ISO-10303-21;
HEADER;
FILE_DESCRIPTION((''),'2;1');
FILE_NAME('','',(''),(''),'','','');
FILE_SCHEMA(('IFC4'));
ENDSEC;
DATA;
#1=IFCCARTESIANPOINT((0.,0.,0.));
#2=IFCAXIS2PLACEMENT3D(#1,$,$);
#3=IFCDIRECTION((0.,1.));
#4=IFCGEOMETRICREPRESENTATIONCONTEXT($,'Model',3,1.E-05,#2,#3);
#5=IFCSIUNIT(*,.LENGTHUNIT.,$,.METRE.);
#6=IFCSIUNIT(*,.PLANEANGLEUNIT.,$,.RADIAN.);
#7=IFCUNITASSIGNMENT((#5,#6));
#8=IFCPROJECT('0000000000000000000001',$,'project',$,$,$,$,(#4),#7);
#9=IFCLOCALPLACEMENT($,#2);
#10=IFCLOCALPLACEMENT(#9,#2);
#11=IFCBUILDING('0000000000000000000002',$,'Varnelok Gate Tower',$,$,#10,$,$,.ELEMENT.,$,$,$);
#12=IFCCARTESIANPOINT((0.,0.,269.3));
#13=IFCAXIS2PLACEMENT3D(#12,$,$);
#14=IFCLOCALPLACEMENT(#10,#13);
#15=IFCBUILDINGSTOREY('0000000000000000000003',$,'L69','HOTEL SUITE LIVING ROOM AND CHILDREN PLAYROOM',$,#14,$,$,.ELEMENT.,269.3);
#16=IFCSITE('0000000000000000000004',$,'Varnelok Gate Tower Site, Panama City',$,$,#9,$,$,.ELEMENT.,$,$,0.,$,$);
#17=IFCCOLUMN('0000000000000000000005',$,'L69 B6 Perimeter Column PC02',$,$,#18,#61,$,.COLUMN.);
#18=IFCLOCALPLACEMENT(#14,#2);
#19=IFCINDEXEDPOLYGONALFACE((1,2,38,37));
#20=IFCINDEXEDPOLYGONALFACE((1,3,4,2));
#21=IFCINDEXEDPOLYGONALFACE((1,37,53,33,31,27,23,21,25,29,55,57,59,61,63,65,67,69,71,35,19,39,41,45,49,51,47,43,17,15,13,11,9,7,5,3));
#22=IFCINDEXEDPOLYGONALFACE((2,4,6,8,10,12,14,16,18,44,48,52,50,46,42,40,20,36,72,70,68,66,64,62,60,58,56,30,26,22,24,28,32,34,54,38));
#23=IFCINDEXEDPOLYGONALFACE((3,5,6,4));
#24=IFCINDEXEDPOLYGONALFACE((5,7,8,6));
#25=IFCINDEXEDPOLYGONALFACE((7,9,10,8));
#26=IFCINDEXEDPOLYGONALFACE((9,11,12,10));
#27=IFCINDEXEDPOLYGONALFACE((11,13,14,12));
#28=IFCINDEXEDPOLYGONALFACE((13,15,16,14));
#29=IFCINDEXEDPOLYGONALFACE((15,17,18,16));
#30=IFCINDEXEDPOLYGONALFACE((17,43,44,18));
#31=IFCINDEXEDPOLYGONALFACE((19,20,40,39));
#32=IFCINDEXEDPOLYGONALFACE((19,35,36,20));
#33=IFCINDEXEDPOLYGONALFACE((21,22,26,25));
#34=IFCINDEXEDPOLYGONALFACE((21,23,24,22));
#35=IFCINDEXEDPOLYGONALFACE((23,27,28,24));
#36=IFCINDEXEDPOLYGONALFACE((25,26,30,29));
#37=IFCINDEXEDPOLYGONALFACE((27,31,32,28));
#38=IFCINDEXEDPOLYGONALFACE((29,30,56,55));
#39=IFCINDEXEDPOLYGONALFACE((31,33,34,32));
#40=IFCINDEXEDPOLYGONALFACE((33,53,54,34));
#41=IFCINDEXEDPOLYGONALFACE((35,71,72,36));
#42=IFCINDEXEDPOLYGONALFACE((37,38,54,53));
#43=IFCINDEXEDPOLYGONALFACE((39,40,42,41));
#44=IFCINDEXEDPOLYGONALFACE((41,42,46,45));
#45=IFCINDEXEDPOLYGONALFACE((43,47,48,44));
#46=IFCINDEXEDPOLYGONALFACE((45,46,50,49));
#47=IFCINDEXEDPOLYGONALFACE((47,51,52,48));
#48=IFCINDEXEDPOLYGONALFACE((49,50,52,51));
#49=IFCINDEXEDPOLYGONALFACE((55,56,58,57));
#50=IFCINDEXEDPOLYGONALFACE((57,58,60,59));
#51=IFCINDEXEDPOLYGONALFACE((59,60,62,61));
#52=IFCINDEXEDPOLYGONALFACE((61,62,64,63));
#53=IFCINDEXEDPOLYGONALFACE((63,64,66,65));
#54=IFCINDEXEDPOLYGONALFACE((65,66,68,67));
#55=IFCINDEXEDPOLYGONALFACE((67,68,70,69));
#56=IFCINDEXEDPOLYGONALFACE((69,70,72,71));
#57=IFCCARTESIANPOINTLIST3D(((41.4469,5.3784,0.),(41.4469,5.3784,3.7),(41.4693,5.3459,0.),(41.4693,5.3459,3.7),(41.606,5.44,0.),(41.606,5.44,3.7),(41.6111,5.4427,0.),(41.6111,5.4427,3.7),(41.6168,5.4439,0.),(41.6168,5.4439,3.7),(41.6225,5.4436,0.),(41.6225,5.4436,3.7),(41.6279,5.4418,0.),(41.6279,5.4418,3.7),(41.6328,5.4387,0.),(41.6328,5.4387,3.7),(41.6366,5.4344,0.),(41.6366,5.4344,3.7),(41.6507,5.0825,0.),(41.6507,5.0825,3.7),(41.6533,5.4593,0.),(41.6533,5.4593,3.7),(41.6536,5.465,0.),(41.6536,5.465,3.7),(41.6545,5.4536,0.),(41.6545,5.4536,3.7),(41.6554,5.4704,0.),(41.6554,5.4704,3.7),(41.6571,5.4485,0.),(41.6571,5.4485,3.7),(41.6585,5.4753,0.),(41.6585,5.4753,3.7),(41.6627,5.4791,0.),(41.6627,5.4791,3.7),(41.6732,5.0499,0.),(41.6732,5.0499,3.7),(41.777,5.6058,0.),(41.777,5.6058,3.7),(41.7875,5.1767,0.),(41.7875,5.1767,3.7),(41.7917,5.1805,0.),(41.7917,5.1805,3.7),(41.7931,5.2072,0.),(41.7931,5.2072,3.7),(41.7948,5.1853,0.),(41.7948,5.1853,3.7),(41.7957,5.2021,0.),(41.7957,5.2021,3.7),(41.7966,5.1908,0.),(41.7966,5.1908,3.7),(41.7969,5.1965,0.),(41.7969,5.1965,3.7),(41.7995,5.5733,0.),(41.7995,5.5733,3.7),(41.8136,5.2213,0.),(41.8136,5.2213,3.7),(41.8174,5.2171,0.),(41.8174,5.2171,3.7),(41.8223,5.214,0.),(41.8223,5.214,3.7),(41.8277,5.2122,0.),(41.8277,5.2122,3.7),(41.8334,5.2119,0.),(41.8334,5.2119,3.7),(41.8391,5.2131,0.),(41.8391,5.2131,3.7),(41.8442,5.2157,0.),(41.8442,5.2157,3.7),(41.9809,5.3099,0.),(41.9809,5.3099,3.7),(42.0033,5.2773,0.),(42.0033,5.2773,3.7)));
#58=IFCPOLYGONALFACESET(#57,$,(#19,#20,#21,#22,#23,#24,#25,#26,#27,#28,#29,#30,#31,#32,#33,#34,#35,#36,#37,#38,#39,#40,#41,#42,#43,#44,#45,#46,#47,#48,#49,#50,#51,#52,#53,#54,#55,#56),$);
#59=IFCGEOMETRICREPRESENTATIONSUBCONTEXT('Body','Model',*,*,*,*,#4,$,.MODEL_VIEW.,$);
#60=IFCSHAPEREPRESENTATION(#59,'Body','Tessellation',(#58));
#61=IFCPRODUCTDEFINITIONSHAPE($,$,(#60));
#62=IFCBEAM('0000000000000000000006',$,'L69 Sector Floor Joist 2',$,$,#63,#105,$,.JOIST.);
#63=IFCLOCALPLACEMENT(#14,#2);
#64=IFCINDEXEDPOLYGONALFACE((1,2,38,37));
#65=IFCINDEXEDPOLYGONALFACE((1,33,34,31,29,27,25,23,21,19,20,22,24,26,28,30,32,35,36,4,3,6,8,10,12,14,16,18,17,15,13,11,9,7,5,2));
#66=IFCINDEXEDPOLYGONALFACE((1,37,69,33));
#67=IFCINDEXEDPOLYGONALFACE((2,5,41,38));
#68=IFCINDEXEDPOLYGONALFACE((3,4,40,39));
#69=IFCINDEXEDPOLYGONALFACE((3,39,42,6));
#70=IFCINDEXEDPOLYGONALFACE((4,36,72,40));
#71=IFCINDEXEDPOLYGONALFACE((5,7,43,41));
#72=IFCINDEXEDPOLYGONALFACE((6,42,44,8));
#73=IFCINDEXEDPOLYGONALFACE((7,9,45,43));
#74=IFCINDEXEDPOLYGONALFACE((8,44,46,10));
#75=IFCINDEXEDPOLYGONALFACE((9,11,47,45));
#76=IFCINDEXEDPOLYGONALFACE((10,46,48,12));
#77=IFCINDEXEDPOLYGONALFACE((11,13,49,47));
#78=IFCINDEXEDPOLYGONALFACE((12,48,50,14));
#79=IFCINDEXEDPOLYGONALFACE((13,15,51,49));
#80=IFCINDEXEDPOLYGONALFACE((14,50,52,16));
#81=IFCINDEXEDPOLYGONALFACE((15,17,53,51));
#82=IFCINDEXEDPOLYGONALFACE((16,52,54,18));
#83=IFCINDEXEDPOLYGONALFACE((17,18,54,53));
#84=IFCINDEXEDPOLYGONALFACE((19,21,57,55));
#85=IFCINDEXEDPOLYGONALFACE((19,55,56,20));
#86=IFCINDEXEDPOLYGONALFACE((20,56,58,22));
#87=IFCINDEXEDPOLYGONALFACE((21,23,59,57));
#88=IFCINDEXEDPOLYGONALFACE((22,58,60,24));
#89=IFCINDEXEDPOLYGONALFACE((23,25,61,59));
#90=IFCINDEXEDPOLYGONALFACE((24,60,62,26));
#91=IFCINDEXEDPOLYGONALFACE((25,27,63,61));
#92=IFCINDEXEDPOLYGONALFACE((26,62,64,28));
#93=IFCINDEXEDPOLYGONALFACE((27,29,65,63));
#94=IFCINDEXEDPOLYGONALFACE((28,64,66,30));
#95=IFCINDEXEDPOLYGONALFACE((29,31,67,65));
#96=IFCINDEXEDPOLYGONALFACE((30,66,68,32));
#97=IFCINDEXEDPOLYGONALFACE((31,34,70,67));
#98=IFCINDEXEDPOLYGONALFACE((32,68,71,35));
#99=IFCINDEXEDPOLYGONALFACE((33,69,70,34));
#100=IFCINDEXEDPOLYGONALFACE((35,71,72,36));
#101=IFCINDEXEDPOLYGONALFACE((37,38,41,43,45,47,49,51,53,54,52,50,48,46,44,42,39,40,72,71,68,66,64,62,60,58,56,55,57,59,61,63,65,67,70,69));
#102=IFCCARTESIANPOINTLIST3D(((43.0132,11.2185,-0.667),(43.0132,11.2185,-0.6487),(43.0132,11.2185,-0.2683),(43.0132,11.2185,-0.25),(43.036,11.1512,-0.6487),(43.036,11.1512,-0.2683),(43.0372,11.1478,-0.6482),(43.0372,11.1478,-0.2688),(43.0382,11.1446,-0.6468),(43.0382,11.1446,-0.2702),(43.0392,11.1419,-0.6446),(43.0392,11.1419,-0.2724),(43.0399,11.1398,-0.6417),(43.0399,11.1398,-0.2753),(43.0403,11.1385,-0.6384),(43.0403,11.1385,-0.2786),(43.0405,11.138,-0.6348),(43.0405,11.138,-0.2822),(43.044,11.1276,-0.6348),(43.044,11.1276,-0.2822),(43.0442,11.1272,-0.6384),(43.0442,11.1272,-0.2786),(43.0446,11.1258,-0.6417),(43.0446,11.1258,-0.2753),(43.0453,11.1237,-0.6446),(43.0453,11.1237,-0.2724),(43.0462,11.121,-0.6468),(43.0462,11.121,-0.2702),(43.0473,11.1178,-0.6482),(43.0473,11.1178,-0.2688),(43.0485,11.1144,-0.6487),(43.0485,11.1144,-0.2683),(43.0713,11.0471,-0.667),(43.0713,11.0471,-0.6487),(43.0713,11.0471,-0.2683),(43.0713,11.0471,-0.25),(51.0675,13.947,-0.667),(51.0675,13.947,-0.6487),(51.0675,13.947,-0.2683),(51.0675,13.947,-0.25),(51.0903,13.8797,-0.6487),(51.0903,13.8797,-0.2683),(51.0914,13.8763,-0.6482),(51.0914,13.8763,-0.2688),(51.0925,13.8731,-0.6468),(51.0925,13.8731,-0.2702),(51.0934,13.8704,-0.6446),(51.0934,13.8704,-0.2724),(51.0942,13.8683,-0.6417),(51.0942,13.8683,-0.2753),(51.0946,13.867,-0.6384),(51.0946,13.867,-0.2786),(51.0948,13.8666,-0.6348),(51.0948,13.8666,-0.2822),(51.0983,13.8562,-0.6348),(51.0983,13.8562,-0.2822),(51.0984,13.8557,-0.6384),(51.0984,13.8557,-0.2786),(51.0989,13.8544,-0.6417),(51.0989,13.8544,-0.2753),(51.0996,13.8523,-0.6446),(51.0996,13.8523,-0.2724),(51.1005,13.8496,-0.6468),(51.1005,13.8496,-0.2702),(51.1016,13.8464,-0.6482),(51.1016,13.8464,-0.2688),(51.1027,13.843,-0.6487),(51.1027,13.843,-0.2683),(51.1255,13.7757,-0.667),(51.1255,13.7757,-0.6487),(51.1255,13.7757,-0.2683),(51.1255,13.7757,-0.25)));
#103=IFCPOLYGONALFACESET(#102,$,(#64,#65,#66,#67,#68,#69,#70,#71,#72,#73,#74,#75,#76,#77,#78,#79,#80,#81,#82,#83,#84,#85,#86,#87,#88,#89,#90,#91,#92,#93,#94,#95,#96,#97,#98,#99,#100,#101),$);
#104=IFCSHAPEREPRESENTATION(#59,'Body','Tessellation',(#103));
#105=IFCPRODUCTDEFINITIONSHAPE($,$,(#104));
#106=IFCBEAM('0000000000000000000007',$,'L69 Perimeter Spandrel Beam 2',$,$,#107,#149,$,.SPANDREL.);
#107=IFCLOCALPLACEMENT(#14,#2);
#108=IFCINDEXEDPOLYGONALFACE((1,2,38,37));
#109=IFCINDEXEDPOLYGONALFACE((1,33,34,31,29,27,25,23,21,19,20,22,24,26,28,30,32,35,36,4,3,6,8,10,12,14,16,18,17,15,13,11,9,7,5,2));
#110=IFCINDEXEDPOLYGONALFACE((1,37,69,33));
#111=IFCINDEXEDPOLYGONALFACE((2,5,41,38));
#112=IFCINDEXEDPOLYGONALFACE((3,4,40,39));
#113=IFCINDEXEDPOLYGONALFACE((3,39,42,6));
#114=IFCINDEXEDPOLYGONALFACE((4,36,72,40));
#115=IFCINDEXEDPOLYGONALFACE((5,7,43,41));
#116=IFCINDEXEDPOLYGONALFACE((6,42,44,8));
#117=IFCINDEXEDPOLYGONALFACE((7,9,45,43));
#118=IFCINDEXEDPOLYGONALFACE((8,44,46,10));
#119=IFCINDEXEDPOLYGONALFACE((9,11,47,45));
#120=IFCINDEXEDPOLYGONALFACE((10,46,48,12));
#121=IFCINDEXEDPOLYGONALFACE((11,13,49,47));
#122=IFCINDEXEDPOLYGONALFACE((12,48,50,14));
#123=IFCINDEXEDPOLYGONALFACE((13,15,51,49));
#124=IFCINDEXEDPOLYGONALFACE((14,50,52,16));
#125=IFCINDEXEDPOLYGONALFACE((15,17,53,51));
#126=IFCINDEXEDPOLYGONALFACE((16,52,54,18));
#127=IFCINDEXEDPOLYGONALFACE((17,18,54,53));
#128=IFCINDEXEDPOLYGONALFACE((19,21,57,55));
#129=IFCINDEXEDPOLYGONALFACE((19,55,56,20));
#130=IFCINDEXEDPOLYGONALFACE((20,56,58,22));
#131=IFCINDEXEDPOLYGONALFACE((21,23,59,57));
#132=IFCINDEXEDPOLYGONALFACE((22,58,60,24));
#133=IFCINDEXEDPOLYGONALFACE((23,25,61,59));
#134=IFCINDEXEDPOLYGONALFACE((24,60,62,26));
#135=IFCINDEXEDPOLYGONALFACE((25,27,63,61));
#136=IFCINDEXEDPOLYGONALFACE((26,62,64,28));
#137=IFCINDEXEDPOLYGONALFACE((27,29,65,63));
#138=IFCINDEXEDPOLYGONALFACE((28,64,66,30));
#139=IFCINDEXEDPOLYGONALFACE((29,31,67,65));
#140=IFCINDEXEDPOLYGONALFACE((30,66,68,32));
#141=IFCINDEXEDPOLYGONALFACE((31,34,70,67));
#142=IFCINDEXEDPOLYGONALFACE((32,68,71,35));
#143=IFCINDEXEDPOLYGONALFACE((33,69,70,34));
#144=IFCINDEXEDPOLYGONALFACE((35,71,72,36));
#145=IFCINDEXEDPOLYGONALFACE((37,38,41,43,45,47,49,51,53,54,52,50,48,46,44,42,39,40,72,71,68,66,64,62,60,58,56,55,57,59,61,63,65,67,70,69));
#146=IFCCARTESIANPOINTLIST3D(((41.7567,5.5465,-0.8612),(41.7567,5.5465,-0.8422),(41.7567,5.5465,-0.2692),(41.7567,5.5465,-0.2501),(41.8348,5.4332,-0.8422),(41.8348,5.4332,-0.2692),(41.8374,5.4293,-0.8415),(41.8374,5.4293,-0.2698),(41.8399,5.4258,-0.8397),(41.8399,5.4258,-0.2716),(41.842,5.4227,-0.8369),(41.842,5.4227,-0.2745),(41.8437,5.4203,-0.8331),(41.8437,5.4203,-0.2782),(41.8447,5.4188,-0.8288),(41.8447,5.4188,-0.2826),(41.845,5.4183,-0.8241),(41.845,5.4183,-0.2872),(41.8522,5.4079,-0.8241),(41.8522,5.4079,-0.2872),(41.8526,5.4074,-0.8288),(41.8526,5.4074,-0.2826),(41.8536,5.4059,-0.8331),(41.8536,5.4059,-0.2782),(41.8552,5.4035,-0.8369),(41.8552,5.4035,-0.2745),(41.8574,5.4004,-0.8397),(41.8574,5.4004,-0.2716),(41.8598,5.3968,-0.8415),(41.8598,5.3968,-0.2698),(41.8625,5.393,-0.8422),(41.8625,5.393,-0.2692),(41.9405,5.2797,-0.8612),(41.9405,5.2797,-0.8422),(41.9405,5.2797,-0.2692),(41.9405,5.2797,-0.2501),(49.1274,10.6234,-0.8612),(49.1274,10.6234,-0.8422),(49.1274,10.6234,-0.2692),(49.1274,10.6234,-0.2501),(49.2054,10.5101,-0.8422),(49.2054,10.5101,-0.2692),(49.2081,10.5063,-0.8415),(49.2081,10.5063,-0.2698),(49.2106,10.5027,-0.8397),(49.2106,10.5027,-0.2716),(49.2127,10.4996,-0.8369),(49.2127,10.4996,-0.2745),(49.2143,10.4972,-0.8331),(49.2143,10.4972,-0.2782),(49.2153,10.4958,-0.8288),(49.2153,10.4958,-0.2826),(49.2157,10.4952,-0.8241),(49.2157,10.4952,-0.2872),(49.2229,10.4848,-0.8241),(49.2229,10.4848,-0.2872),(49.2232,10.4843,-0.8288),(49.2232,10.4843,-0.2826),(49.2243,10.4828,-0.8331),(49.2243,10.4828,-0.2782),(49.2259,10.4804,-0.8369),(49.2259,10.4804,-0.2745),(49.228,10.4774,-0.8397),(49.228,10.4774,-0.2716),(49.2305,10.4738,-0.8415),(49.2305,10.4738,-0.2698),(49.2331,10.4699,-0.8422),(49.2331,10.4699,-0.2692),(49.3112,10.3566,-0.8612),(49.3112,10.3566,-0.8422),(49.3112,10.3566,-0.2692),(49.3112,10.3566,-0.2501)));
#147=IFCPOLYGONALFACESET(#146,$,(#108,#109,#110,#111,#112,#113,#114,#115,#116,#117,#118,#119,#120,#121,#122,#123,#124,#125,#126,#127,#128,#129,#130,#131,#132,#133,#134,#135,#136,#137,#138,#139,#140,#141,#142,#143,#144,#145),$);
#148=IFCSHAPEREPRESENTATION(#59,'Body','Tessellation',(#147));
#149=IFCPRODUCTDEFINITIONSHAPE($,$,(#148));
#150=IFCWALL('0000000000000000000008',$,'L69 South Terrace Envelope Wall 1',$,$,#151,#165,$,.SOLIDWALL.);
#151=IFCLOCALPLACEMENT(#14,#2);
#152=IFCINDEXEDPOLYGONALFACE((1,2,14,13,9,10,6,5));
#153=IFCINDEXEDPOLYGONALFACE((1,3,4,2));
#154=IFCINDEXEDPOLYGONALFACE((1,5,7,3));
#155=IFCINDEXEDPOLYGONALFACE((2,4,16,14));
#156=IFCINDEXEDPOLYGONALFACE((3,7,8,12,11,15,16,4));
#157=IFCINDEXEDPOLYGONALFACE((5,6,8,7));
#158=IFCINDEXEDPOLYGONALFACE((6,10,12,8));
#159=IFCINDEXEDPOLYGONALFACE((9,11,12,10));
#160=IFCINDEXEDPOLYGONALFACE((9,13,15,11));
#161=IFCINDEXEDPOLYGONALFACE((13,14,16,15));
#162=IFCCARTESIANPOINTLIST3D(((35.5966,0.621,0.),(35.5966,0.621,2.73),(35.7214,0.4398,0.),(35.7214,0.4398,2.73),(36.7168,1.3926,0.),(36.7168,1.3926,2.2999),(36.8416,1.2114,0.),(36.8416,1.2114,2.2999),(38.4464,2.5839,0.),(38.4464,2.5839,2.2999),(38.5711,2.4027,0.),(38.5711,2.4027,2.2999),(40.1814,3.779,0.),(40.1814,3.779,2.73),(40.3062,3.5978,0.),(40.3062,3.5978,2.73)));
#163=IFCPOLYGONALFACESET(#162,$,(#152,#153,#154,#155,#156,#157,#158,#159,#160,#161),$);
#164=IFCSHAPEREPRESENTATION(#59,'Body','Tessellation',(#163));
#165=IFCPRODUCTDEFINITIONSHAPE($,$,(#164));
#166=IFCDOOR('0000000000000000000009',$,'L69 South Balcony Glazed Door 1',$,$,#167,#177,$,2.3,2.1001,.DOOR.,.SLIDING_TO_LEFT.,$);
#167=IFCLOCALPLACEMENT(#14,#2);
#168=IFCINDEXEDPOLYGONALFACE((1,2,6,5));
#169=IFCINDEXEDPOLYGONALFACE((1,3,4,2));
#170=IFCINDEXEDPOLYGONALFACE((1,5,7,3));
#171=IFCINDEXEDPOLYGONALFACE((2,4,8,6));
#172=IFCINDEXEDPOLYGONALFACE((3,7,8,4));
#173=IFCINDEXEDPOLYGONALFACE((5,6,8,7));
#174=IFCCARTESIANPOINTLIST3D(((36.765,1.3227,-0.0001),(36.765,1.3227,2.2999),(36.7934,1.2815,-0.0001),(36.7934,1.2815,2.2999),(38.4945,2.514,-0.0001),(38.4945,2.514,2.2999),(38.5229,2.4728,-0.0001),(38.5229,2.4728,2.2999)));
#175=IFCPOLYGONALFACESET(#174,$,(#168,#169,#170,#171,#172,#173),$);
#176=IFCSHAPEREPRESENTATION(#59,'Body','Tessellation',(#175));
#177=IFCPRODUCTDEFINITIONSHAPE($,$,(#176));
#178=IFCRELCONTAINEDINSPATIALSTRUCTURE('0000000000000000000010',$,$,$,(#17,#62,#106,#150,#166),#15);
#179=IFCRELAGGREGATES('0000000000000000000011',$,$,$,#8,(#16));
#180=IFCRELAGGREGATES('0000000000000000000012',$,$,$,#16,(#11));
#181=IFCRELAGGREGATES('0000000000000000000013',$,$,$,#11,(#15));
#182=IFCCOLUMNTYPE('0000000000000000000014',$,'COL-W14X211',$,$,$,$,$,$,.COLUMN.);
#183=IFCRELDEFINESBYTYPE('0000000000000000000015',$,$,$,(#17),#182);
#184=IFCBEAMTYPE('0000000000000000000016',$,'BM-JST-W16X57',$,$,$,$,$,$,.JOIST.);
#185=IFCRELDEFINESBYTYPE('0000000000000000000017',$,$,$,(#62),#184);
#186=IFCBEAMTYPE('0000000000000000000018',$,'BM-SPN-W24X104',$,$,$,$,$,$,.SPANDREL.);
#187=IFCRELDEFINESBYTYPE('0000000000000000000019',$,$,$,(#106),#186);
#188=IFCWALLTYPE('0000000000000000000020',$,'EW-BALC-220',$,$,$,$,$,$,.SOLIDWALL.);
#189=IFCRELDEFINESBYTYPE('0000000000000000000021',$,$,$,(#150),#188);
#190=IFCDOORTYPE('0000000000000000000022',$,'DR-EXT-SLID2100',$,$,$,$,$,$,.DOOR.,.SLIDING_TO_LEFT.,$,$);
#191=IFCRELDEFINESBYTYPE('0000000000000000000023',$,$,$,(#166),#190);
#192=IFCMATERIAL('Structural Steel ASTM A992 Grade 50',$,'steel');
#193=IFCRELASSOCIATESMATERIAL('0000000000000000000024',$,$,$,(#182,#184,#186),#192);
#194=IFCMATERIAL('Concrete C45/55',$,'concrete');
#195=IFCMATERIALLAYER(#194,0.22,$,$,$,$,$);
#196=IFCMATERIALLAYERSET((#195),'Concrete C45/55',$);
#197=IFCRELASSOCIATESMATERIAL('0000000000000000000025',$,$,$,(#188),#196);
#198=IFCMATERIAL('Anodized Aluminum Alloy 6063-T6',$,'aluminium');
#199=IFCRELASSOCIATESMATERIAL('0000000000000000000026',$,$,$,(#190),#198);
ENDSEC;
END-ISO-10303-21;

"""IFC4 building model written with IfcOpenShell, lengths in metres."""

from ifc_helpers import new_model, si_unit, direction, frame, frame_2d, origin, origin_2d, place, context, subcontext, project, spatial, rectangle, i_section, extrude, material, layer, layer_set, material_profile, profile_set, type_object, element, fill, save


model = new_model("IFC4")

# Units and contexts
model_context = context("Model", 3, precision=1e-05, world=origin(), true_north=direction((0.0, 1.0)))
body_context = subcontext(model_context, "Body", "Model", "MODEL_VIEW")
ifc_project = project(units=[si_unit("LENGTHUNIT", "METRE"), si_unit("PLANEANGLEUNIT", "RADIAN")], contexts=[model_context])

# Site, building, storey
site_placement = place(None, origin())
site = spatial("IfcSite", under=ifc_project, at=site_placement, Name="Varnelok Gate Tower Site, Panama City", CompositionType="ELEMENT", RefElevation=0.0)
building_placement = place(site_placement, origin())
building = spatial("IfcBuilding", under=site, at=building_placement, Name="Varnelok Gate Tower", CompositionType="ELEMENT")
storey_placement = place(building_placement, frame((0.0, 0.0, 269.3)))
storey = spatial("IfcBuildingStorey", under=building, at=storey_placement, Name="L69", Description="HOTEL SUITE LIVING ROOM AND CHILDREN PLAYROOM", CompositionType="ELEMENT", Elevation=269.3)

# Column
ifc_material_1 = material(Name="Structural Steel ASTM A992 Grade 50", Category="steel")
ifc_material_profile_1 = material_profile(ifc_material_1, i_section(OverallWidth=0.4009, OverallDepth=0.3989, WebThickness=0.0249, FlangeThickness=0.0396, FilletRadius=0.022, at=origin_2d()), Name="W14X211")
ifc_profile_set_1 = profile_set([ifc_material_profile_1], Name="Structural Steel ASTM A992 Grade 50")
column_type = type_object("IfcColumnType", Name="COL-W14X211", PredefinedType="COLUMN", material=ifc_profile_set_1)
column_placement = place(storey_placement, frame((41.7251, 5.3279, 0.0), z_axis=(0.0, 0.0, 1.0), x_axis=(0.823533, 0.567269, 0.0)))
element("IfcColumn", 1, at=column_placement, inside=storey, type_object=column_type, Name="L69 B6 Perimeter Column PC02", PredefinedType="COLUMN", context=body_context, shape_type="SweptSolid", body=[
    extrude(i_section(OverallWidth=0.4009, OverallDepth=0.3989, WebThickness=0.0249, FlangeThickness=0.0396, FilletRadius=0.022, at=origin_2d()), origin(), (0.0, 0.0, 1.0), 3.7),
])

# Beams
ifc_material_profile_2 = material_profile(ifc_material_1, i_section(OverallWidth=0.1809, OverallDepth=0.417, WebThickness=0.011, FlangeThickness=0.0183, FilletRadius=0.0139, at=origin_2d()), Name="W16X57")
ifc_profile_set_2 = profile_set([ifc_material_profile_2], Name="Structural Steel ASTM A992 Grade 50")
beam_type_1 = type_object("IfcBeamType", Name="BM-JST-W16X57", PredefinedType="JOIST", material=ifc_profile_set_2)
beam_1_placement = place(storey_placement, frame((43.0422, 11.1328, -0.4585), z_axis=(0.947127, 0.320858, 0.0), x_axis=(-0.320858, 0.947127, 0.0)))
element("IfcBeam", 2, at=beam_1_placement, inside=storey, type_object=beam_type_1, Name="L69 Sector Floor Joist 2", PredefinedType="JOIST", context=body_context, shape_type="SweptSolid", body=[
    extrude(i_section(OverallWidth=0.1809, OverallDepth=0.417, WebThickness=0.011, FlangeThickness=0.0183, FilletRadius=0.0139, at=origin_2d()), origin(), (0.0, 0.0, 1.0), 8.5039),
])
ifc_material_profile_3 = material_profile(ifc_material_1, i_section(OverallWidth=0.324, OverallDepth=0.6111, WebThickness=0.0127, FlangeThickness=0.019, FilletRadius=0.0181, at=origin_2d()), Name="W24X104")
ifc_profile_set_3 = profile_set([ifc_material_profile_3], Name="Structural Steel ASTM A992 Grade 50")
beam_type_2 = type_object("IfcBeamType", Name="BM-SPN-W24X104", PredefinedType="SPANDREL", material=ifc_profile_set_3)
beam_2_placement = place(storey_placement, frame((41.8486, 5.4131, -0.5557), z_axis=(0.82354, 0.567258, 0.0), x_axis=(-0.567258, 0.82354, 0.0)))
element("IfcBeam", 3, at=beam_2_placement, inside=storey, type_object=beam_type_2, Name="L69 Perimeter Spandrel Beam 2", PredefinedType="SPANDREL", context=body_context, shape_type="SweptSolid", body=[
    extrude(i_section(OverallWidth=0.324, OverallDepth=0.6111, WebThickness=0.0127, FlangeThickness=0.019, FilletRadius=0.0181, at=origin_2d()), origin(), (0.0, 0.0, 1.0), 8.95),
])

# Wall, opening, door
ifc_material_2 = material(Name="Concrete C45/55", Category="concrete")
ifc_layer_1 = layer(ifc_material_2, 0.22)
ifc_layer_set_1 = layer_set([ifc_layer_1], Name="Concrete C45/55")
wall_type_1 = type_object("IfcWallType", Name="EW-BALC-220", PredefinedType="SOLIDWALL", material=ifc_layer_set_1)
wall_1_placement = place(storey_placement, frame((40.2439, 3.6885, 0.0), z_axis=(0.0, 0.0, 1.0), x_axis=(-0.823541, -0.567256, 0.0)))
wall_1 = element("IfcWall", 4, at=wall_1_placement, inside=storey, type_object=wall_type_1, Name="L69 South Terrace Envelope Wall 1", PredefinedType="SOLIDWALL", context=body_context, shape_type="SweptSolid", body=[
    extrude(rectangle(XDim=5.5671, YDim=0.22, at=frame_2d((2.7837, 0.0))), origin(), (0.0, 0.0, 1.0), 2.73),
])
opening_1_placement = place(wall_1_placement, frame((2.1069, 0.0, 0.0)))
opening_1 = element("IfcOpeningElement", 5, at=opening_1_placement, cuts=wall_1, PredefinedType="OPENING", context=body_context, shape_type="SweptSolid", body=[
    extrude(rectangle(XDim=2.1001, YDim=2.3, at=frame_2d((1.05, 1.1499))), frame((0.0, 0.1199, 0.0), z_axis=(0.0, -1.0, 0.0), x_axis=(1.0, 0.0, 0.0)), (0.0, 0.0, 1.0), 0.24),
])
ifc_material_3 = material(Name="Anodized Aluminum Alloy 6063-T6", Category="aluminium")
door_type_1 = type_object("IfcDoorType", Name="DR-EXT-SLID2100", OperationType="SLIDING_TO_LEFT", PredefinedType="DOOR", material=ifc_material_3)
door_1_placement = place(opening_1_placement, origin())
door_1 = element("IfcDoor", 6, at=door_1_placement, inside=storey, type_object=door_type_1, Name="L69 South Balcony Glazed Door 1", OperationType="SLIDING_TO_LEFT", OverallHeight=2.3, OverallWidth=2.1001, PredefinedType="DOOR", context=body_context, shape_type="SweptSolid", body=[
    extrude(rectangle(XDim=2.1001, YDim=2.3, at=frame_2d((1.05, 1.1499))), frame((0.0, 0.0249, 0.0), z_axis=(0.0, -1.0, 0.0), x_axis=(1.0, 0.0, 0.0)), (0.0, 0.0, 1.0), 0.05),
])
fill(opening_1, door_1)

save(model, "model.ifc")
